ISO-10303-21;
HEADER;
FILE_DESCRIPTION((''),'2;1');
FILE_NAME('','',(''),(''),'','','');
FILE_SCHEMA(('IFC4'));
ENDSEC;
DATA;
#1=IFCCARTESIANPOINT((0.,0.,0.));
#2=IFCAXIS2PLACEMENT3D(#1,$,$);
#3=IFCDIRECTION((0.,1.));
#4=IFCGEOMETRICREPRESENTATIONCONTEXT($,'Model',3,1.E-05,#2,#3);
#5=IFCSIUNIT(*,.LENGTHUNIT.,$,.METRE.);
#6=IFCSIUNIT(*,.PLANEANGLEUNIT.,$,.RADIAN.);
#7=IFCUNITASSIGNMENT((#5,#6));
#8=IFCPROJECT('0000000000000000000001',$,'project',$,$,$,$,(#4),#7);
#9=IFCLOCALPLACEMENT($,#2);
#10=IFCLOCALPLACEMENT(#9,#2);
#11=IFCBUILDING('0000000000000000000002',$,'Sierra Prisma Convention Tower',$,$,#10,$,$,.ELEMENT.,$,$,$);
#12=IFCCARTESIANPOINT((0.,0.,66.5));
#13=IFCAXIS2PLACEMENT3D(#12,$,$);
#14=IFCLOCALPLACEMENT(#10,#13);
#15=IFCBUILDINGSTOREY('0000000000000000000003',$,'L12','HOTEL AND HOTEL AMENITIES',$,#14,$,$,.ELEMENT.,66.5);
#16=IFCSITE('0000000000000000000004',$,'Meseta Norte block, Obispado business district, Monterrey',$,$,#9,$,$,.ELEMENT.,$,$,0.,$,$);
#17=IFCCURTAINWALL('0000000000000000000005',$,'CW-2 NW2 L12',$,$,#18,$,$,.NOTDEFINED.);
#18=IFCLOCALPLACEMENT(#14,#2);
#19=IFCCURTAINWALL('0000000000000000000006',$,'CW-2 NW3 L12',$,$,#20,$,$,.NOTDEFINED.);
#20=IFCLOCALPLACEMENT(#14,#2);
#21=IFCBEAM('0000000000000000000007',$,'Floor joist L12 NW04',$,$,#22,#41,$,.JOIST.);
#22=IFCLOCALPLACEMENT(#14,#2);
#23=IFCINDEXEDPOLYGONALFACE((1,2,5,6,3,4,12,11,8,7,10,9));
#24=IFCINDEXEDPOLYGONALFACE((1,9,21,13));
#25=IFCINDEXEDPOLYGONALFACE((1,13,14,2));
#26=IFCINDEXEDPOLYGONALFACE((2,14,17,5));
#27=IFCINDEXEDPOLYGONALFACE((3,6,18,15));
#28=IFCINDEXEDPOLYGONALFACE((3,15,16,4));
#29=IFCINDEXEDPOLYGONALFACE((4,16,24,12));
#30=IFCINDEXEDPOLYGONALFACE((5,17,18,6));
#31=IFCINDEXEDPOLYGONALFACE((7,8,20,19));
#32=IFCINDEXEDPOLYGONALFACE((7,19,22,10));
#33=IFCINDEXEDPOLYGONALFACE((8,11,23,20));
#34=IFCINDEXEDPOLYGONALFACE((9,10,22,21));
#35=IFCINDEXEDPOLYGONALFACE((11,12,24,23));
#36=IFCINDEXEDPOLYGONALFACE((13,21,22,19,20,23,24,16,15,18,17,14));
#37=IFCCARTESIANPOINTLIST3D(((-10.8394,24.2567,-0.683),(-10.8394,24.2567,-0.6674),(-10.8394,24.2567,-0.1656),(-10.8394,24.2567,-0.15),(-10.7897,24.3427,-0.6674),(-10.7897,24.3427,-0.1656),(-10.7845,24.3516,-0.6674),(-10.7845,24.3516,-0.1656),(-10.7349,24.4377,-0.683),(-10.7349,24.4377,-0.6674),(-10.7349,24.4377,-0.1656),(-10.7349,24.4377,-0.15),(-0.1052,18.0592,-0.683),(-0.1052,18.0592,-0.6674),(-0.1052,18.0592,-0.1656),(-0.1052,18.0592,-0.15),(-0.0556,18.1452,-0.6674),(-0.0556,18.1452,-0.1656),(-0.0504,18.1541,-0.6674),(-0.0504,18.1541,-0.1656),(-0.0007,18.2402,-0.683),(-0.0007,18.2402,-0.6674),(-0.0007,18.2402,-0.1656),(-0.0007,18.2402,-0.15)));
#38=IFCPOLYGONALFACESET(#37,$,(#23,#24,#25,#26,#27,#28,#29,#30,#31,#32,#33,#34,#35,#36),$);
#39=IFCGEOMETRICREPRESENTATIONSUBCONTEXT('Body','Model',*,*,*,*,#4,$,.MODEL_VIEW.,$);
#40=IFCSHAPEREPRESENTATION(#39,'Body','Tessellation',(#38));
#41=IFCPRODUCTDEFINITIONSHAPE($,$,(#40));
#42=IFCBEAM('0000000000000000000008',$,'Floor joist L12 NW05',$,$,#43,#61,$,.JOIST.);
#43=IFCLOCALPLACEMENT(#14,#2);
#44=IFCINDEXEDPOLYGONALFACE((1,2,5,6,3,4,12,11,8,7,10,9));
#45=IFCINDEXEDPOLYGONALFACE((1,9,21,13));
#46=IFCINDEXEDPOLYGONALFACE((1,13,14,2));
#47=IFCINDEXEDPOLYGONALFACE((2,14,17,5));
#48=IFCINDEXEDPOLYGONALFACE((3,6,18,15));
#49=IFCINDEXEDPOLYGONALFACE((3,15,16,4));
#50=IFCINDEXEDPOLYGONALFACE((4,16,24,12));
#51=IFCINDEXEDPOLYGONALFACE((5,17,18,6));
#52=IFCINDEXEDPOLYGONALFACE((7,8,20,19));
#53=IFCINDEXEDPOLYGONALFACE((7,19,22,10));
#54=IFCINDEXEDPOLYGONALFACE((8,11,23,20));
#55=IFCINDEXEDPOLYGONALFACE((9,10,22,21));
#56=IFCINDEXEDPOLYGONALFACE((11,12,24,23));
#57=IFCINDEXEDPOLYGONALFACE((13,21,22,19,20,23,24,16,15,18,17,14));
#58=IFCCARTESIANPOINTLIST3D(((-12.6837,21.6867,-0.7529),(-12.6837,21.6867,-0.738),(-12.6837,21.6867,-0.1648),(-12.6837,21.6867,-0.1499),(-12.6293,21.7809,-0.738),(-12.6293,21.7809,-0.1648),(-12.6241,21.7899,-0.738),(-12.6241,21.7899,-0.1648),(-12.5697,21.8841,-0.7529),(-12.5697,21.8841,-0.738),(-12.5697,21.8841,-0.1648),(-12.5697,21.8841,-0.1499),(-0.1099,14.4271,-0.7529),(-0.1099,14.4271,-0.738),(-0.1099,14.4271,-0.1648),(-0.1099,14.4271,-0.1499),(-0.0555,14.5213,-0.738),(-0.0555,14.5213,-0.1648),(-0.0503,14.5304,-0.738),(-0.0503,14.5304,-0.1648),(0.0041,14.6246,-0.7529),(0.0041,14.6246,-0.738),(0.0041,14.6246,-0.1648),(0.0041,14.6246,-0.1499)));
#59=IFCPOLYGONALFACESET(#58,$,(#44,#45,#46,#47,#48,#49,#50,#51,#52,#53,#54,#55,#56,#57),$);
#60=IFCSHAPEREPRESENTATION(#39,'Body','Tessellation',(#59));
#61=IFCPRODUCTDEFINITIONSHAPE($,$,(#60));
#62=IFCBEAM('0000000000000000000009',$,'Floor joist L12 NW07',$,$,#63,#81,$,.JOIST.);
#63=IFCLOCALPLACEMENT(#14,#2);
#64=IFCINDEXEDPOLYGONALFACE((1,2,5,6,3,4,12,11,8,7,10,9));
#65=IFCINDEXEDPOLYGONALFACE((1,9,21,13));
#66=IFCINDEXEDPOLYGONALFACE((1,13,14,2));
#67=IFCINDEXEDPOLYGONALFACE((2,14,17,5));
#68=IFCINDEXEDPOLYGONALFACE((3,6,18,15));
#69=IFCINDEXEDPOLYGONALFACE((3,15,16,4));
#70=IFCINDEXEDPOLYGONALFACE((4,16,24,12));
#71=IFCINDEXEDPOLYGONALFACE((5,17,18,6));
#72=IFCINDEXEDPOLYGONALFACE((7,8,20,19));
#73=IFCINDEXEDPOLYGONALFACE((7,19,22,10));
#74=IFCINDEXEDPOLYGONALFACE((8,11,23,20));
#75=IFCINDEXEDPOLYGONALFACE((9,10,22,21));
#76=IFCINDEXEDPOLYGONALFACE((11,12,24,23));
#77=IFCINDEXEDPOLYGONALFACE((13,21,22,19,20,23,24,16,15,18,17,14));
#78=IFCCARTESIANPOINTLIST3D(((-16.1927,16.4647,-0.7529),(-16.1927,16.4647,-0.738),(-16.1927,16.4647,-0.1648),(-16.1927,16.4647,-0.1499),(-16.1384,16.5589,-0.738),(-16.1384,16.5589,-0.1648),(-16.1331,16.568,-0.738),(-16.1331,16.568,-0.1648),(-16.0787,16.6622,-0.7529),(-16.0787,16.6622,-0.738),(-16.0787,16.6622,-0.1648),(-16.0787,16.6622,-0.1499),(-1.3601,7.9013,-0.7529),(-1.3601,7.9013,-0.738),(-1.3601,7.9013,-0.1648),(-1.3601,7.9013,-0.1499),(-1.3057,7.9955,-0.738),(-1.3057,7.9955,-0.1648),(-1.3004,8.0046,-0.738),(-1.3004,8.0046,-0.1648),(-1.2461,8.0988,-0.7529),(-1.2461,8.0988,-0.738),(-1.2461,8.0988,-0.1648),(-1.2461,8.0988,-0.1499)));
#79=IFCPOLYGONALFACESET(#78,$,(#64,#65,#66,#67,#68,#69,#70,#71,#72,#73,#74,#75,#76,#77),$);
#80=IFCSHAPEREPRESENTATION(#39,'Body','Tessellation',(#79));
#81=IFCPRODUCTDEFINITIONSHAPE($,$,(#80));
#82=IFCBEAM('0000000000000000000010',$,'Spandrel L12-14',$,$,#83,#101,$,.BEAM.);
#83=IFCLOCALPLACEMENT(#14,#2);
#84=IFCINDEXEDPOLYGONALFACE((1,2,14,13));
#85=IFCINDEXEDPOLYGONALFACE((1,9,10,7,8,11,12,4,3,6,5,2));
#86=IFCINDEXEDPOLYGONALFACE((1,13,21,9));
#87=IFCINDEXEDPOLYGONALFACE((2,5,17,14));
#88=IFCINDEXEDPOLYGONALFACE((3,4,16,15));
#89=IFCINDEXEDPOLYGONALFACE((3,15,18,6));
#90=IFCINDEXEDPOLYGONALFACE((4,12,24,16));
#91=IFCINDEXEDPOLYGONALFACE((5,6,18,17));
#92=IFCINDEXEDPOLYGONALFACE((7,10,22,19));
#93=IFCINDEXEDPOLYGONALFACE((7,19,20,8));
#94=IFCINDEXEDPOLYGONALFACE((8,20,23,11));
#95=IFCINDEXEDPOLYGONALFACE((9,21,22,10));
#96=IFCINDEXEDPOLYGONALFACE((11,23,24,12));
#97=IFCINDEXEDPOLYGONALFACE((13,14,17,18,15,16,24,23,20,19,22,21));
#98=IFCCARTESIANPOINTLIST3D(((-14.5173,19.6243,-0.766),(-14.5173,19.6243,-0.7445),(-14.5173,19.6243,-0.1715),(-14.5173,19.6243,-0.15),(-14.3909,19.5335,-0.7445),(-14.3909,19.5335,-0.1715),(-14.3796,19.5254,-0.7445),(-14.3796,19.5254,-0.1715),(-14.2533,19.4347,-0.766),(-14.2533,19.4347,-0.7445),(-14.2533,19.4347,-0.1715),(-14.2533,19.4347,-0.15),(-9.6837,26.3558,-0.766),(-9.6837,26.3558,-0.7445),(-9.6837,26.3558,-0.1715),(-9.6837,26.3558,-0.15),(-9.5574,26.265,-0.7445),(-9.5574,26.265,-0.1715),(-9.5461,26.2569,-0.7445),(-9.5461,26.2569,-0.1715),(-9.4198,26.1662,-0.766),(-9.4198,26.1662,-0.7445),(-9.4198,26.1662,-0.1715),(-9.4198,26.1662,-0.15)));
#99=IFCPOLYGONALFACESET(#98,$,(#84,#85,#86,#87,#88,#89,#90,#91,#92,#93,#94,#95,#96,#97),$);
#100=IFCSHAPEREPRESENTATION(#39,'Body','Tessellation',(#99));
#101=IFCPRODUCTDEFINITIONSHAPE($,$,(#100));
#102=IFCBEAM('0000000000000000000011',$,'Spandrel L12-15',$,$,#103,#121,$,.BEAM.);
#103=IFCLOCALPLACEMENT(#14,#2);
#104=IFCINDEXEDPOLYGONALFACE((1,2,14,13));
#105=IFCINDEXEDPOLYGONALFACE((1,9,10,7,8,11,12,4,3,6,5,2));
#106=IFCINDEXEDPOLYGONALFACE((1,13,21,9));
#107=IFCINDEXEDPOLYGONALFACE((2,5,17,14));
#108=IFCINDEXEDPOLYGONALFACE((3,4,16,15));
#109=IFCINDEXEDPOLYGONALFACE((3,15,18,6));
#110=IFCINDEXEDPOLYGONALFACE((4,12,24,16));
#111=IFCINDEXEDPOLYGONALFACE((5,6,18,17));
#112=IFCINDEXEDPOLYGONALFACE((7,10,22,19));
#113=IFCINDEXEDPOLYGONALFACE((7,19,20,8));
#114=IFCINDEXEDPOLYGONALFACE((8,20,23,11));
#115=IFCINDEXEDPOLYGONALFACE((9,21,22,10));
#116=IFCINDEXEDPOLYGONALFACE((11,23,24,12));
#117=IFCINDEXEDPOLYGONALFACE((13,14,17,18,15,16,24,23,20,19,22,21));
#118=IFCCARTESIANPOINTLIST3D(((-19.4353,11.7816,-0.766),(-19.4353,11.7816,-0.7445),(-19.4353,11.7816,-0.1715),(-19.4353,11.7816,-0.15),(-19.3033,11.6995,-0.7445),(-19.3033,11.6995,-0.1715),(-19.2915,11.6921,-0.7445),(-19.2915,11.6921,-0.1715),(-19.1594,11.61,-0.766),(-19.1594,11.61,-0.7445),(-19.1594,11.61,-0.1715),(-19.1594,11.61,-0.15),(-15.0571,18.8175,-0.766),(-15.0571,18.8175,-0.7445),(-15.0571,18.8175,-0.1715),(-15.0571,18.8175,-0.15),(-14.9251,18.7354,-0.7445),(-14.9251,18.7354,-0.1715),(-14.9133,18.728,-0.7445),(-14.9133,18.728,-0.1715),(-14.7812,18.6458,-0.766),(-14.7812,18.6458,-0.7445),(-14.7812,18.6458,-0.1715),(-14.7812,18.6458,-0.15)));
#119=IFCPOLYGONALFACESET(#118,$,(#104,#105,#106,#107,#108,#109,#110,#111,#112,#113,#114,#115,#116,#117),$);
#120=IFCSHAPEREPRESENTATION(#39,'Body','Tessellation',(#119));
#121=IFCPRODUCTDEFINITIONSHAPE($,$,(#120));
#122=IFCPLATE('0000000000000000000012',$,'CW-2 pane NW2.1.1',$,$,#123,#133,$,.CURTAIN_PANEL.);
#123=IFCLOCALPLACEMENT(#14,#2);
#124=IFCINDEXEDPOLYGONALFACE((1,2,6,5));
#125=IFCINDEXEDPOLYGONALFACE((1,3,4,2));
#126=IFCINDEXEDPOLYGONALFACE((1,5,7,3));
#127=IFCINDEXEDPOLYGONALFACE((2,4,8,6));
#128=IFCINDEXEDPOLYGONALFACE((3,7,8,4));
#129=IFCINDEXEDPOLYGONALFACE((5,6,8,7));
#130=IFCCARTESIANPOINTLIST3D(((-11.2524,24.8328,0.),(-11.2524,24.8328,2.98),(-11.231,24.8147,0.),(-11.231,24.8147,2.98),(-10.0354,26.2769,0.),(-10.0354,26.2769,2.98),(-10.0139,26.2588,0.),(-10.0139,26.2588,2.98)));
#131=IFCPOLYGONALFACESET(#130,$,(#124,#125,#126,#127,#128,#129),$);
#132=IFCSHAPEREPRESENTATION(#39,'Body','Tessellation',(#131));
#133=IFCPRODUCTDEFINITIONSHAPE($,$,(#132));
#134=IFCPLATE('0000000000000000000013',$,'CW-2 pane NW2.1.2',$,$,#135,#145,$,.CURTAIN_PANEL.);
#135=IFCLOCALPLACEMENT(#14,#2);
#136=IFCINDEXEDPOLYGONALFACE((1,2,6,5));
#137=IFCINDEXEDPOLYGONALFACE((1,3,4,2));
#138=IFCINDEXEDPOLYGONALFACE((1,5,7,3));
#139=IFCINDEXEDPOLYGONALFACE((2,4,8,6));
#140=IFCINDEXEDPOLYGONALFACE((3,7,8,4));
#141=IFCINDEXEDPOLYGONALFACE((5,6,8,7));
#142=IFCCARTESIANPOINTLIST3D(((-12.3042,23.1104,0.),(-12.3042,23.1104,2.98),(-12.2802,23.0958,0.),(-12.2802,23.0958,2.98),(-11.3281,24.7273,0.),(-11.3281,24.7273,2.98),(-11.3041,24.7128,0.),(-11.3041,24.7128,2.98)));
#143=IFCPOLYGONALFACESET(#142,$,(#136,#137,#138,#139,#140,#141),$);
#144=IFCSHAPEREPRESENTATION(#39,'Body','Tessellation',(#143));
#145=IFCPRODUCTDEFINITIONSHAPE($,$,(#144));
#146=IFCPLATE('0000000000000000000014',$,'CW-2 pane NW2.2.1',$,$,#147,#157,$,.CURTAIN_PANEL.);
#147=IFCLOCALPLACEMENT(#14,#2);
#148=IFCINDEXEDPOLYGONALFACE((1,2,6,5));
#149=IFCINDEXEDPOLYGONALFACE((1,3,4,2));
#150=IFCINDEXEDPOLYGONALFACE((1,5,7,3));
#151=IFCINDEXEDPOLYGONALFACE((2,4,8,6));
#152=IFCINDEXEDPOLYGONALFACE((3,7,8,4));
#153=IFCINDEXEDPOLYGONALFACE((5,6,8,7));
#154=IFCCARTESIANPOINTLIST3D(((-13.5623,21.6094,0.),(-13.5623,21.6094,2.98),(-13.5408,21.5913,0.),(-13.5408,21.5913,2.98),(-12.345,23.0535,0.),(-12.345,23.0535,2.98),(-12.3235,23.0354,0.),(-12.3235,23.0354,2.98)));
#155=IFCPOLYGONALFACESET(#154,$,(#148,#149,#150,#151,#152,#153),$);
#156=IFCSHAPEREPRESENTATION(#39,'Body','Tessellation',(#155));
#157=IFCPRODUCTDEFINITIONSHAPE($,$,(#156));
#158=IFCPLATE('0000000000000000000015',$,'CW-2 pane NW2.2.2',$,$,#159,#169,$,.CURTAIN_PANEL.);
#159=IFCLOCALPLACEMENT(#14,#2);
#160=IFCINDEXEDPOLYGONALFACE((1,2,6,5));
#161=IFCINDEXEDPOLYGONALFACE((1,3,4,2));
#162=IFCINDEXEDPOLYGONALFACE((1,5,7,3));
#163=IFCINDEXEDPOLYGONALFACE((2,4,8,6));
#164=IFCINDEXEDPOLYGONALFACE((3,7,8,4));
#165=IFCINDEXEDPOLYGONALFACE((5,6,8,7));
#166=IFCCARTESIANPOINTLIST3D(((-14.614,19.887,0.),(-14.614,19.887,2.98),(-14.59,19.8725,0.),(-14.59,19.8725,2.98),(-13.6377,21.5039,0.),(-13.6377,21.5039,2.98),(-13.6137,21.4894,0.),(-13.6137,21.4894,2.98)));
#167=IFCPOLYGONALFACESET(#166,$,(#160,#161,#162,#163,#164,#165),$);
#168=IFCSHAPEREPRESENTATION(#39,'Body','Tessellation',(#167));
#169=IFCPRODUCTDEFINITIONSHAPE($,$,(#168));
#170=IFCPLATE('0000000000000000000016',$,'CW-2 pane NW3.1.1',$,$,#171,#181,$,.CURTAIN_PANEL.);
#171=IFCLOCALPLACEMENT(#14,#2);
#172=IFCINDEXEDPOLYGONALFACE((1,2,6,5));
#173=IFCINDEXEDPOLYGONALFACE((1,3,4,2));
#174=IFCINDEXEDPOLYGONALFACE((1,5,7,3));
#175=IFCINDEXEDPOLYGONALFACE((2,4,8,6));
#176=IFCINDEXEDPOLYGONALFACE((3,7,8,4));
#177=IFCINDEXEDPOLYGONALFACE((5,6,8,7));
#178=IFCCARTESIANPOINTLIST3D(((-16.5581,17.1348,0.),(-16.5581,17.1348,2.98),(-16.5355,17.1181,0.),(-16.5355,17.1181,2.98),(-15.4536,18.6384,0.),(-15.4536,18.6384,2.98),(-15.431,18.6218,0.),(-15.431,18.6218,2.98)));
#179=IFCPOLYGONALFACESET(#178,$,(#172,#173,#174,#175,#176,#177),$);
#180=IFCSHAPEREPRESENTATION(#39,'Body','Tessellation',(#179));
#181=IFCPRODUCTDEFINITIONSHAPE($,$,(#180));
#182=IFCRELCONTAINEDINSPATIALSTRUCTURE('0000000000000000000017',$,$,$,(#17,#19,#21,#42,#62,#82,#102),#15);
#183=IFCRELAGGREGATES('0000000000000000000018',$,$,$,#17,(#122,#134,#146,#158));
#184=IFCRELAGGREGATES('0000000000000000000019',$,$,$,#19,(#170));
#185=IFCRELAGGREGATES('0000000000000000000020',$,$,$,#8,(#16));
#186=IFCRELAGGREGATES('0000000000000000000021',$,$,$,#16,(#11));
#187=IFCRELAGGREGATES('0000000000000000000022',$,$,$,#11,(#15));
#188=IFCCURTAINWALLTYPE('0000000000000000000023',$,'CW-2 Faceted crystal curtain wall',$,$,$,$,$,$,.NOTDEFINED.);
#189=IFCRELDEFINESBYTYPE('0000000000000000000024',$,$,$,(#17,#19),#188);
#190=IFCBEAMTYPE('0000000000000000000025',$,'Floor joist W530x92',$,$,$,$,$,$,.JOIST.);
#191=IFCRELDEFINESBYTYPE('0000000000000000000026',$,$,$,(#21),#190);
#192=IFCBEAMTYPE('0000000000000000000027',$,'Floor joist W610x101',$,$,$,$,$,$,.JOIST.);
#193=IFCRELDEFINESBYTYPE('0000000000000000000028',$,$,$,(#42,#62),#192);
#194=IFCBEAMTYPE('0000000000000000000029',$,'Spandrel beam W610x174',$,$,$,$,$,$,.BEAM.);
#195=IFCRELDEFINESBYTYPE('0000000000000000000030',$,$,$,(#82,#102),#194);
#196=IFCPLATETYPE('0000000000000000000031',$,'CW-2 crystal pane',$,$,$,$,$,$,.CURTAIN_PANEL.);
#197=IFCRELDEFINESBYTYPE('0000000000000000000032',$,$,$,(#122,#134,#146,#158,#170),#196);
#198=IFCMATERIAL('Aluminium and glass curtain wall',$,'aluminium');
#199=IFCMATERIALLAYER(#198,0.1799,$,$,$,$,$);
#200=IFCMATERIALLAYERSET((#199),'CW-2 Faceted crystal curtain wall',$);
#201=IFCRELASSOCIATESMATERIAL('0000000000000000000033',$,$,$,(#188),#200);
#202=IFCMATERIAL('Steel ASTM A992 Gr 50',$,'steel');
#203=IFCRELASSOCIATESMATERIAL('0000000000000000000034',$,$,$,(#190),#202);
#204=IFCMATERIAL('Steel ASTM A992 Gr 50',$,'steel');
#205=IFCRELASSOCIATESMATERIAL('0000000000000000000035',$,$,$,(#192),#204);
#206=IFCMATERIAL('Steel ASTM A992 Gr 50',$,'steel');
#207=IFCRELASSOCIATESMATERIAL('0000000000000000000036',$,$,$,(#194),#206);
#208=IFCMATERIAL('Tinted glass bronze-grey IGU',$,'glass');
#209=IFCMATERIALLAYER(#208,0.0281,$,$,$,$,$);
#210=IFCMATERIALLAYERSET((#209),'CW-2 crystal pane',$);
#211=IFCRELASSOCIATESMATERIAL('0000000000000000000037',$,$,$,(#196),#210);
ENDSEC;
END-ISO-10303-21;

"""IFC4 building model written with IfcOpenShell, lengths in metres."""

from ifc_helpers import new_model, si_unit, direction, frame, origin, origin_2d, place, context, subcontext, project, spatial, polyline, i_section, outline, extrude, material, layer, layer_set, material_profile, profile_set, type_object, element, aggregate, save


model = new_model("IFC4")

# Units and contexts
model_context = context("Model", 3, precision=1e-05, world=origin(), true_north=direction((0.0, 1.0)))
body_context = subcontext(model_context, "Body", "Model", "MODEL_VIEW")
ifc_project = project(units=[si_unit("LENGTHUNIT", "METRE"), si_unit("PLANEANGLEUNIT", "RADIAN")], contexts=[model_context])

# Site, building, storey
site_placement = place(None, origin())
site = spatial("IfcSite", under=ifc_project, at=site_placement, Name="Meseta Norte block, Obispado business district, Monterrey", CompositionType="ELEMENT", RefElevation=0.0)
building_placement = place(site_placement, origin())
building = spatial("IfcBuilding", under=site, at=building_placement, Name="Sierra Prisma Convention Tower", CompositionType="ELEMENT")
storey_placement = place(building_placement, frame((0.0, 0.0, 66.5)))
storey = spatial("IfcBuildingStorey", under=building, at=storey_placement, Name="L12", Description="HOTEL AND HOTEL AMENITIES", CompositionType="ELEMENT", Elevation=66.5)

# Curtain walls
ifc_material_1 = material(Name="Aluminium and glass curtain wall", Category="aluminium")
ifc_layer_1 = layer(ifc_material_1, 0.1799)
ifc_layer_set_1 = layer_set([ifc_layer_1], Name="CW-2 Faceted crystal curtain wall")
curtain_wall_type = type_object("IfcCurtainWallType", Name="CW-2 Faceted crystal curtain wall", PredefinedType="NOTDEFINED", material=ifc_layer_set_1)
curtain_wall_1_placement = place(storey_placement, origin())
curtain_wall_1 = element("IfcCurtainWall", 1, at=curtain_wall_1_placement, inside=storey, type_object=curtain_wall_type, Name="CW-2 NW2 L12", PredefinedType="NOTDEFINED")
curtain_wall_2_placement = place(storey_placement, origin())
curtain_wall_2 = element("IfcCurtainWall", 2, at=curtain_wall_2_placement, inside=storey, type_object=curtain_wall_type, Name="CW-2 NW3 L12", PredefinedType="NOTDEFINED")

# Beams
ifc_material_2 = material(Name="Steel ASTM A992 Gr 50", Category="steel")
ifc_material_profile_1 = material_profile(ifc_material_2, i_section(OverallWidth=0.209, OverallDepth=0.533, WebThickness=0.0103, FlangeThickness=0.0156, at=origin_2d()), Name="W530x92")
ifc_profile_set_1 = profile_set([ifc_material_profile_1], Name="Steel ASTM A992 Gr 50")
beam_type_1 = type_object("IfcBeamType", Name="Floor joist W530x92", PredefinedType="JOIST", material=ifc_profile_set_1)
beam_1_placement = place(storey_placement, frame((-10.7871, 24.3472, -0.4165), z_axis=(0.86602, -0.500009, 0.0), x_axis=(0.500009, 0.86602, 0.0)))
element("IfcBeam", 3, at=beam_1_placement, inside=storey, type_object=beam_type_1, Name="Floor joist L12 NW04", PredefinedType="JOIST", context=body_context, shape_type="SweptSolid", body=[
    extrude(i_section(OverallWidth=0.209, OverallDepth=0.533, WebThickness=0.0103, FlangeThickness=0.0156, at=origin_2d()), origin(), (0.0, 0.0, 1.0), 12.3948),
])
ifc_material_3 = material(Name="Steel ASTM A992 Gr 50", Category="steel")
ifc_material_profile_2 = material_profile(ifc_material_3, i_section(OverallWidth=0.228, OverallDepth=0.603, WebThickness=0.0105, FlangeThickness=0.0149, at=origin_2d()), Name="W610x101")
ifc_profile_set_2 = profile_set([ifc_material_profile_2], Name="Steel ASTM A992 Gr 50")
beam_type_2 = type_object("IfcBeamType", Name="Floor joist W610x101", PredefinedType="JOIST", material=ifc_profile_set_2)
beam_2_placement = place(storey_placement, frame((-12.6267, 21.7854, -0.4514), z_axis=(0.866023, -0.500004, 0.0), x_axis=(0.500004, 0.866023, 0.0)))
element("IfcBeam", 4, at=beam_2_placement, inside=storey, type_object=beam_type_2, Name="Floor joist L12 NW05", PredefinedType="JOIST", context=body_context, shape_type="SweptSolid", body=[
    extrude(i_section(OverallWidth=0.228, OverallDepth=0.603, WebThickness=0.0105, FlangeThickness=0.0149, at=origin_2d()), origin(), (0.0, 0.0, 1.0), 14.519),
])
beam_3_placement = place(storey_placement, frame((-16.1357, 16.5635, -0.4514), z_axis=(0.866031, -0.49999, 0.0), x_axis=(0.49999, 0.866031, 0.0)))
element("IfcBeam", 5, at=beam_3_placement, inside=storey, type_object=beam_type_2, Name="Floor joist L12 NW07", PredefinedType="JOIST", context=body_context, shape_type="SweptSolid", body=[
    extrude(i_section(OverallWidth=0.228, OverallDepth=0.603, WebThickness=0.0105, FlangeThickness=0.0149, at=origin_2d()), origin(), (0.0, 0.0, 1.0), 17.1272),
])
ifc_material_4 = material(Name="Steel ASTM A992 Gr 50", Category="steel")
ifc_material_profile_3 = material_profile(ifc_material_4, i_section(OverallWidth=0.325, OverallDepth=0.616, WebThickness=0.0139, FlangeThickness=0.0215, at=origin_2d()), Name="W610x174")
ifc_profile_set_3 = profile_set([ifc_material_profile_3], Name="Steel ASTM A992 Gr 50")
beam_type_3 = type_object("IfcBeamType", Name="Spandrel beam W610x174", PredefinedType="BEAM", material=ifc_profile_set_3)
beam_4_placement = place(storey_placement, frame((-9.5518, 26.261, -0.458), z_axis=(-0.58326, -0.812286, 0.0), x_axis=(0.812286, -0.58326, 0.0)))
element("IfcBeam", 6, at=beam_4_placement, inside=storey, type_object=beam_type_3, Name="Spandrel L12-14", PredefinedType="BEAM", context=body_context, shape_type="SweptSolid", body=[
    extrude(i_section(OverallWidth=0.325, OverallDepth=0.616, WebThickness=0.0139, FlangeThickness=0.0215, at=origin_2d()), origin(), (0.0, 0.0, 1.0), 8.2871),
])
beam_5_placement = place(storey_placement, frame((-14.9192, 18.7317, -0.458), z_axis=(-0.528327, -0.849041, 0.0), x_axis=(0.849041, -0.528327, 0.0)))
element("IfcBeam", 7, at=beam_5_placement, inside=storey, type_object=beam_type_3, Name="Spandrel L12-15", PredefinedType="BEAM", context=body_context, shape_type="SweptSolid", body=[
    extrude(i_section(OverallWidth=0.325, OverallDepth=0.616, WebThickness=0.0139, FlangeThickness=0.0215, at=origin_2d()), origin(), (0.0, 0.0, 1.0), 8.2869),
])

# Plates
ifc_material_5 = material(Name="Tinted glass bronze-grey IGU", Category="glass")
ifc_layer_2 = layer(ifc_material_5, 0.0281)
ifc_layer_set_2 = layer_set([ifc_layer_2], Name="CW-2 crystal pane")
plate_type = type_object("IfcPlateType", Name="CW-2 crystal pane", PredefinedType="CURTAIN_PANEL", material=ifc_layer_set_2)
plate_1_placement = place(storey_placement, frame((-10.0354, 26.2769, 0.0), z_axis=(-0.76466, 0.644434, 0.0), x_axis=(-0.644434, -0.76466, 0.0)))
plate_1 = element("IfcPlate", 8, at=plate_1_placement, type_object=plate_type, Name="CW-2 pane NW2.1.1", PredefinedType="CURTAIN_PANEL", context=body_context, shape_type="SweptSolid", body=[
    extrude(outline(polyline([(0.0, 0.0), (1.8885, 0.0), (1.8885, 2.98), (0.0, 2.98), (0.0, 0.0)])), origin(), (0.0, 0.0, -1.0), 0.0281),
])
plate_2_placement = place(storey_placement, frame((-12.3042, 23.1104, 0.0), z_axis=(-0.85611, 0.516794, 0.0), x_axis=(0.516794, 0.85611, 0.0)))
plate_2 = element("IfcPlate", 9, at=plate_2_placement, type_object=plate_type, Name="CW-2 pane NW2.1.2", PredefinedType="CURTAIN_PANEL", context=body_context, shape_type="SweptSolid", body=[
    extrude(outline(polyline([(0.0, 0.0), (1.8887, 0.0), (1.8887, -2.98), (0.0, -2.98), (0.0, 0.0)])), origin(), (0.0, 0.0, -1.0), 0.0281),
])
plate_3_placement = place(storey_placement, frame((-12.345, 23.0535, 0.0), z_axis=(-0.764596, 0.64451, 0.0), x_axis=(-0.64451, -0.764596, 0.0)))
plate_3 = element("IfcPlate", 10, at=plate_3_placement, type_object=plate_type, Name="CW-2 pane NW2.2.1", PredefinedType="CURTAIN_PANEL", context=body_context, shape_type="SweptSolid", body=[
    extrude(outline(polyline([(0.0, 0.0), (1.8887, 0.0), (1.8887, 2.98), (0.0, 2.98), (0.0, 0.0)])), origin(), (0.0, 0.0, -1.0), 0.0281),
])
plate_4_placement = place(storey_placement, frame((-14.614, 19.887, 0.0), z_axis=(-0.856053, 0.516889, 0.0), x_axis=(0.516889, 0.856053, 0.0)))
plate_4 = element("IfcPlate", 11, at=plate_4_placement, type_object=plate_type, Name="CW-2 pane NW2.2.2", PredefinedType="CURTAIN_PANEL", context=body_context, shape_type="SweptSolid", body=[
    extrude(outline(polyline([(0.0, 0.0), (1.8888, 0.0), (1.8888, -2.98), (0.0, -2.98), (0.0, 0.0)])), origin(), (0.0, 0.0, -1.0), 0.0281),
])
aggregate(curtain_wall_1, [plate_1, plate_2, plate_3, plate_4])
plate_5_placement = place(storey_placement, frame((-15.4536, 18.6384, 0.0), z_axis=(-0.805943, 0.591993, 0.0), x_axis=(-0.591993, -0.805943, 0.0)))
plate_5 = element("IfcPlate", 12, at=plate_5_placement, type_object=plate_type, Name="CW-2 pane NW3.1.1", PredefinedType="CURTAIN_PANEL", context=body_context, shape_type="SweptSolid", body=[
    extrude(outline(polyline([(0.0, 0.0), (1.8657, 0.0), (1.8657, 2.98), (0.0, 2.98), (0.0, 0.0)])), origin(), (0.0, 0.0, -1.0), 0.0281),
])
aggregate(curtain_wall_2, [plate_5])

save(model, "model.ifc")
